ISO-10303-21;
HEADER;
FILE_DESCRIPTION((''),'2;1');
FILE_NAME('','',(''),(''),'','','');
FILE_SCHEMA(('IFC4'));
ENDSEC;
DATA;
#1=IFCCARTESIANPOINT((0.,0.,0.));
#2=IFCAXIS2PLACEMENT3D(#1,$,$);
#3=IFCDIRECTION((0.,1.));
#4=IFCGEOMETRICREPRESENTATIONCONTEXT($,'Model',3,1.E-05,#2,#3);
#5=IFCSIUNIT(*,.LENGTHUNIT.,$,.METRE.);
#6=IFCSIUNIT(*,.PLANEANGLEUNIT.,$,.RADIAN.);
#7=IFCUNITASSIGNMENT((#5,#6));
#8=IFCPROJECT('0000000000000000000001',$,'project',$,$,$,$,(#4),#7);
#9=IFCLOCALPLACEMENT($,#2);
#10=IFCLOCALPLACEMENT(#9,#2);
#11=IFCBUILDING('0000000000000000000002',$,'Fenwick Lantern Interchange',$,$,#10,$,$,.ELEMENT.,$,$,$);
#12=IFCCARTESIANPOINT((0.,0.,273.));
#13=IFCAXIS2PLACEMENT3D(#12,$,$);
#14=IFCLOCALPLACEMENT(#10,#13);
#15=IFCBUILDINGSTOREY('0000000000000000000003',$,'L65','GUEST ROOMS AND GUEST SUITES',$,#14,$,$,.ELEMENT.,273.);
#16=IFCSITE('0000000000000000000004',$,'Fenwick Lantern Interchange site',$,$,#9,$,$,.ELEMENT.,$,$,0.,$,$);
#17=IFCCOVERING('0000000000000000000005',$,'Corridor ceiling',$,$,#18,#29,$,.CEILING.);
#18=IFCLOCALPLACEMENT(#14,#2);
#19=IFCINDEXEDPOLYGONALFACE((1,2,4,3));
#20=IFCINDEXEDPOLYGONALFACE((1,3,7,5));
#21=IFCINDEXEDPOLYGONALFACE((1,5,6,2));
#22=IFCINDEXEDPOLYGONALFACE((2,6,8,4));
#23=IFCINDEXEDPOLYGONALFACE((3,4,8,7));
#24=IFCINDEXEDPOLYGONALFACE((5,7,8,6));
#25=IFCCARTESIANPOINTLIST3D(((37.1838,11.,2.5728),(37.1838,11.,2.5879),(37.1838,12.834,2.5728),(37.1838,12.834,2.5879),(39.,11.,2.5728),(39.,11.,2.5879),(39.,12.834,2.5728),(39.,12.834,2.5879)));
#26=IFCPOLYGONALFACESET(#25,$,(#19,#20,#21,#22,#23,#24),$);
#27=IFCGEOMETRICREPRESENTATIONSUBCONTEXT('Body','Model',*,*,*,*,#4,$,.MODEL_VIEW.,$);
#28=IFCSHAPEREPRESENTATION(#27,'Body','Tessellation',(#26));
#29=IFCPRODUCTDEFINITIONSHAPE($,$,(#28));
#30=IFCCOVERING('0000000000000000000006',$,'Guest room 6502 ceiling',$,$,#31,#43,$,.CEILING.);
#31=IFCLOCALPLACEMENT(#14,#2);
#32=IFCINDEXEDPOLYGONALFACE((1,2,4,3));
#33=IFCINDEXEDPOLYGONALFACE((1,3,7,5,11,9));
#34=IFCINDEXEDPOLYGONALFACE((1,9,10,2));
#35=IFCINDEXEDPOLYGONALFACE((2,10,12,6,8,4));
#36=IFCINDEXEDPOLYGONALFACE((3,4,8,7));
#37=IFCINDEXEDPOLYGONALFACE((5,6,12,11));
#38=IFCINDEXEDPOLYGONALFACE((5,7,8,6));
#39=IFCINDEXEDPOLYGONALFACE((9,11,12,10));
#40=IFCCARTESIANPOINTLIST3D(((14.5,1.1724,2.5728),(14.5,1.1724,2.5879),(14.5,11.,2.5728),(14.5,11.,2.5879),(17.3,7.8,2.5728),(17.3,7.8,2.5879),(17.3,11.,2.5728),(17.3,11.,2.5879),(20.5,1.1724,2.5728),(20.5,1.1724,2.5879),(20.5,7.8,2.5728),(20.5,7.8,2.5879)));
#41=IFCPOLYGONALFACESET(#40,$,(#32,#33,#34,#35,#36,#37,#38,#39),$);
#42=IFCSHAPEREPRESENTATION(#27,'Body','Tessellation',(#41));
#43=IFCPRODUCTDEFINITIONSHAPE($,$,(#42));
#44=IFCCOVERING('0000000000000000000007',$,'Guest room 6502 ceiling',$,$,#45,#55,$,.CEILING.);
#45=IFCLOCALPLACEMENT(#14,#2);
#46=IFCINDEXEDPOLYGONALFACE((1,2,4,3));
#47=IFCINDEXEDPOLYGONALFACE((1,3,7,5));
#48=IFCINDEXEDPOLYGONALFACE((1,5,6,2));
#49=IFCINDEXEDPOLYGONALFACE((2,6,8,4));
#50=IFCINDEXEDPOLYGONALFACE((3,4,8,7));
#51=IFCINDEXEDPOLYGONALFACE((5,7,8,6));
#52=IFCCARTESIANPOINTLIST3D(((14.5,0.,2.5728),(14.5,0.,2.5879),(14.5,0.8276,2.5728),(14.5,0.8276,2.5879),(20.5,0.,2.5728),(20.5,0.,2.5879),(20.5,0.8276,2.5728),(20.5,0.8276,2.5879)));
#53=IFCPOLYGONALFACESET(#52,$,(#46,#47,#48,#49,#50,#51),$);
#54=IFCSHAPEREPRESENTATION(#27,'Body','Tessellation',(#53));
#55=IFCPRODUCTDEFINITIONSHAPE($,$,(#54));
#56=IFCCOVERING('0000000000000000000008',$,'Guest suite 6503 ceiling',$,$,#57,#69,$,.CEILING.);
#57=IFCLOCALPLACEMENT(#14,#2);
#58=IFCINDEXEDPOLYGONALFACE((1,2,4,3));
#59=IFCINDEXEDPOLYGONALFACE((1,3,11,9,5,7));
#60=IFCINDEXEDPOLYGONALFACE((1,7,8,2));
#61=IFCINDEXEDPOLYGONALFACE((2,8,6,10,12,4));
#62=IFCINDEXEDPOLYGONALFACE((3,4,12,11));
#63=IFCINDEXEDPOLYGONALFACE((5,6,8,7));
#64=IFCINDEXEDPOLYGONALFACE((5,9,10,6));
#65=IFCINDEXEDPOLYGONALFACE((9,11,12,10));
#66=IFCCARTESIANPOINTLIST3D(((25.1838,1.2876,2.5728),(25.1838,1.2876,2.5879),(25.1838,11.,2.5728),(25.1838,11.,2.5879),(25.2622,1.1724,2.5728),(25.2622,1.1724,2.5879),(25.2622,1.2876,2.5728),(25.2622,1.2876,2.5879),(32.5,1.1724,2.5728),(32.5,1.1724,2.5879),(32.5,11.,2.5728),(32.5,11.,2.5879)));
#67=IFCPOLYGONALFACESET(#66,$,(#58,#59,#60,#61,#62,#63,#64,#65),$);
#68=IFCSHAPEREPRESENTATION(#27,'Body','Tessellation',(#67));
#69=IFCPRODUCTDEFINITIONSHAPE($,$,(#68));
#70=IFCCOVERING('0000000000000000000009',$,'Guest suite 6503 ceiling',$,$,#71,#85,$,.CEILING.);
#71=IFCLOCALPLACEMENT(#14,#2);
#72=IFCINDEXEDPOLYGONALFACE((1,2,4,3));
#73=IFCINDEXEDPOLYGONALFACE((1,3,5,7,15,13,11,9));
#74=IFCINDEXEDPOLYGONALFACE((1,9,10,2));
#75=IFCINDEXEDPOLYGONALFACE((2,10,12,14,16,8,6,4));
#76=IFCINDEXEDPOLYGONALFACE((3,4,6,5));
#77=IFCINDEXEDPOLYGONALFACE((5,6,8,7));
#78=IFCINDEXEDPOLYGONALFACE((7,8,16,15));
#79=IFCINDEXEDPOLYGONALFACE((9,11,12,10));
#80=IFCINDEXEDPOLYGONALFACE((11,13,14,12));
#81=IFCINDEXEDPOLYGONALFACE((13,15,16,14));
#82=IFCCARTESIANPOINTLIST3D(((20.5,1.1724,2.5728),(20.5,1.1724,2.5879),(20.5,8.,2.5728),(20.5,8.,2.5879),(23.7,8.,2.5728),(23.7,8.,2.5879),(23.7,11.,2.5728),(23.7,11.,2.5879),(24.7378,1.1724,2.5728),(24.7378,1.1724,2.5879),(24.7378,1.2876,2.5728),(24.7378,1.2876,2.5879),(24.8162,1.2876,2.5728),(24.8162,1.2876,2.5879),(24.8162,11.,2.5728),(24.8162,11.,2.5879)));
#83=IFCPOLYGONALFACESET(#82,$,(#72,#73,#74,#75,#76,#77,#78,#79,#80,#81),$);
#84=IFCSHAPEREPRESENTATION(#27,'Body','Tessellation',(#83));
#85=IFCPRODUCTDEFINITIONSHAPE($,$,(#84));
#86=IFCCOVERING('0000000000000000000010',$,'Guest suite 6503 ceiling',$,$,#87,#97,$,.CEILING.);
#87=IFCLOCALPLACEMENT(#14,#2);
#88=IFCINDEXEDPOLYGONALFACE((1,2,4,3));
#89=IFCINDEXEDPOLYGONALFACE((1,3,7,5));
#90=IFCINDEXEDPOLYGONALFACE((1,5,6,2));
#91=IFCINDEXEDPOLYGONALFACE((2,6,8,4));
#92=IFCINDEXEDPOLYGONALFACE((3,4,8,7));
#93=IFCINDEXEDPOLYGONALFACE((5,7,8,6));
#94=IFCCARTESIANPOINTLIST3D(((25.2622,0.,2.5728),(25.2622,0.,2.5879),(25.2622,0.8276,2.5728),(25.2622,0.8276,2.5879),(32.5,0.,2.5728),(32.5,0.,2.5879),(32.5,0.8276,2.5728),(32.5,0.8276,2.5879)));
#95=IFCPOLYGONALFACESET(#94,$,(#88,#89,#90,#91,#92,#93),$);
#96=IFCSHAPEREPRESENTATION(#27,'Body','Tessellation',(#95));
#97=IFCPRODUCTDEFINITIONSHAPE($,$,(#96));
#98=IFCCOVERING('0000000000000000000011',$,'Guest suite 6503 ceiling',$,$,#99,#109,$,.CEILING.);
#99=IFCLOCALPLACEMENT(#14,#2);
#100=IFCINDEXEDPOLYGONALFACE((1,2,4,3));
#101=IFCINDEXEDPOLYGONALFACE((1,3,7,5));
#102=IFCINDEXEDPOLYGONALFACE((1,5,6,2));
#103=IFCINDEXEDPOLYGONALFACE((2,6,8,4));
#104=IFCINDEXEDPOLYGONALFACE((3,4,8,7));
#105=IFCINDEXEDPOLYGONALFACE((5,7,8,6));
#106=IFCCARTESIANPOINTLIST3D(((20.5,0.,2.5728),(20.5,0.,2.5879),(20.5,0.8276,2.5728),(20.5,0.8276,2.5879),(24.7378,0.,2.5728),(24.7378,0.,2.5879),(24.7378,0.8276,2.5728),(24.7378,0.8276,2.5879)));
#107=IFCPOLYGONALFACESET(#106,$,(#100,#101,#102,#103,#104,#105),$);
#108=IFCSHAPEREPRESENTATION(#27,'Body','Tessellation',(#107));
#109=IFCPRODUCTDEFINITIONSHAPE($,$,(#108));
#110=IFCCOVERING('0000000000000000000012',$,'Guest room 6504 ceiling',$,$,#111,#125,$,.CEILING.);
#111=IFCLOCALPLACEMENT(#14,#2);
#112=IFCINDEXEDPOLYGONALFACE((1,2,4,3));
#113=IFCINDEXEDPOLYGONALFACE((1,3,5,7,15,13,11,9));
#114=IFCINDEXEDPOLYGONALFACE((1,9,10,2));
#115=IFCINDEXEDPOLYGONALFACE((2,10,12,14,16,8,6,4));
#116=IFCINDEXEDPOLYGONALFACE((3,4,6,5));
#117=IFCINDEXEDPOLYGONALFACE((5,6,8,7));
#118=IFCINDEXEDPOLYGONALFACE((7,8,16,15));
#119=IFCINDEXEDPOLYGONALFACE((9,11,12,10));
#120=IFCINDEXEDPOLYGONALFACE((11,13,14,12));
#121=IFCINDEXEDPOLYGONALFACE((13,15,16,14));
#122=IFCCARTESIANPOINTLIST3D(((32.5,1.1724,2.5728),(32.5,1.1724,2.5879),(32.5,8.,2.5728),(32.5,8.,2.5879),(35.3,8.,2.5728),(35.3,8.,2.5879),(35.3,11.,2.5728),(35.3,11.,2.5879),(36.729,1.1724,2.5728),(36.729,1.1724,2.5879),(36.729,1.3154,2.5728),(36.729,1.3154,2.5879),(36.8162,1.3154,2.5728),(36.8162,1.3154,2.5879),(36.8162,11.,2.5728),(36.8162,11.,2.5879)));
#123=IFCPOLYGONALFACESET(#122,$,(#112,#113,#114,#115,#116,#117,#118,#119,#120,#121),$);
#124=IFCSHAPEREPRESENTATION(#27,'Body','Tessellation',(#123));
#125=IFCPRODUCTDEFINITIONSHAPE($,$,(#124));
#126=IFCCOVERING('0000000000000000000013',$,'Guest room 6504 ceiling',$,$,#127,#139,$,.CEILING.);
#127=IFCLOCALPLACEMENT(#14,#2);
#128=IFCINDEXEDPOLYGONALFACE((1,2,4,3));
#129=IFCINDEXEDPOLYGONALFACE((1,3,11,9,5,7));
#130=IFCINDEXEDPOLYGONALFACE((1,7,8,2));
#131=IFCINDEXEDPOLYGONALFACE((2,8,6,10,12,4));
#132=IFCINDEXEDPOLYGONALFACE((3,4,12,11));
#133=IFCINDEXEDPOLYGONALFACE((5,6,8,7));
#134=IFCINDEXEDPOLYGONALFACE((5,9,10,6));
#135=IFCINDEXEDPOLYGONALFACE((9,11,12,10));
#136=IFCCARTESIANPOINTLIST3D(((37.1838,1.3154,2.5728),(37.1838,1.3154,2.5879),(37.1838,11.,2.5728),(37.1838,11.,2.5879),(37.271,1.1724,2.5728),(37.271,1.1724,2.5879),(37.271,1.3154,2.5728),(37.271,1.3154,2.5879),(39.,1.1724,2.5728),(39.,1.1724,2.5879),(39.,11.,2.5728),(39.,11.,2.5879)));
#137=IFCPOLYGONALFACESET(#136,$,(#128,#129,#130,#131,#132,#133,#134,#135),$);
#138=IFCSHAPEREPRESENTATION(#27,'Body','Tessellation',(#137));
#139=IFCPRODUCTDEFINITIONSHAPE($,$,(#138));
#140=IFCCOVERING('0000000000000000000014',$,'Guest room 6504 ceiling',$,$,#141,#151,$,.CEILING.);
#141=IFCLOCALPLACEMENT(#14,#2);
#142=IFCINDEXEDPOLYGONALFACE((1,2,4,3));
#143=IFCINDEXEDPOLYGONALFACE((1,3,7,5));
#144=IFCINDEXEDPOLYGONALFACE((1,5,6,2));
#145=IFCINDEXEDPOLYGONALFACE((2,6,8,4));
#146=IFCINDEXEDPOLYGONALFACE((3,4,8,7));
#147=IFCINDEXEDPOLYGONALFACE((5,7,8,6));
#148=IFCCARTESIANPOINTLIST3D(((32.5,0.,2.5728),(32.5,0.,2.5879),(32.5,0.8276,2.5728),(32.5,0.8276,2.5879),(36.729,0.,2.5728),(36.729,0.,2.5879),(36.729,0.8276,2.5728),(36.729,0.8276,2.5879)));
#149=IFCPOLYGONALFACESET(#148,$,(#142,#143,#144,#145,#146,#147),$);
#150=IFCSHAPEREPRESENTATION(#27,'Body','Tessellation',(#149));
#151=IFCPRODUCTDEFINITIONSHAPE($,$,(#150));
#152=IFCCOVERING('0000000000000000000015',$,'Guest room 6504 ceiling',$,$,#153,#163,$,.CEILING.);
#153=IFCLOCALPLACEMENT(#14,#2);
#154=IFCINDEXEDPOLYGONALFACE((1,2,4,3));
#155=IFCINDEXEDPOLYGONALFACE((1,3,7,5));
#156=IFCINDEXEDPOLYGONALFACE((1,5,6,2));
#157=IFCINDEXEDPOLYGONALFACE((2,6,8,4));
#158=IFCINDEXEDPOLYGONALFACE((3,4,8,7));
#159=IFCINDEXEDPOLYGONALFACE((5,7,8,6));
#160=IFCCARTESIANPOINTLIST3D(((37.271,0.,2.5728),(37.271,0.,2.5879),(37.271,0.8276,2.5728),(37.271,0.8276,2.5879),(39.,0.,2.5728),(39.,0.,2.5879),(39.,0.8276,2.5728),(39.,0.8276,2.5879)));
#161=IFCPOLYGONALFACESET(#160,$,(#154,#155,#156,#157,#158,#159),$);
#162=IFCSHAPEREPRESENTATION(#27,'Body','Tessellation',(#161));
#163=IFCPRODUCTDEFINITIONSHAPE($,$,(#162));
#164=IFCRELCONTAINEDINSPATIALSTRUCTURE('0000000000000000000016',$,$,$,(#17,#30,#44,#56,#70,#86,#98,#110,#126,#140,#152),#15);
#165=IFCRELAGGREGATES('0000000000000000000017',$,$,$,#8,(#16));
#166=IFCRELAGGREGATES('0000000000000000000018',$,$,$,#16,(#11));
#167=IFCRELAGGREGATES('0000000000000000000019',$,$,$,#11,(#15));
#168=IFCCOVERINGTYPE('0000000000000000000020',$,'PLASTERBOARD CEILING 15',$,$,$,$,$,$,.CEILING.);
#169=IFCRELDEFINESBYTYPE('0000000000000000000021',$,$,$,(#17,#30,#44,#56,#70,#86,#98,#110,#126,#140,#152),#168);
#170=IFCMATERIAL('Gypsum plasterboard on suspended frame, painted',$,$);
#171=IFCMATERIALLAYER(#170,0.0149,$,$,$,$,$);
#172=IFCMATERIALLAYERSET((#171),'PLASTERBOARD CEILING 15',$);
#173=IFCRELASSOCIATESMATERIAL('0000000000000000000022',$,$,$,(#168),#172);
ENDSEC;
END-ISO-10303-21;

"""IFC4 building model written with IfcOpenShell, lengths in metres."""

from ifc_helpers import new_model, si_unit, direction, frame, origin, place, context, subcontext, project, spatial, polyline, outline, extrude, material, layer, layer_set, type_object, element, save


model = new_model("IFC4")

# Units and contexts
model_context = context("Model", 3, precision=1e-05, world=origin(), true_north=direction((0.0, 1.0)))
body_context = subcontext(model_context, "Body", "Model", "MODEL_VIEW")
ifc_project = project(units=[si_unit("LENGTHUNIT", "METRE"), si_unit("PLANEANGLEUNIT", "RADIAN")], contexts=[model_context])

# Site, building, storey
site_placement = place(None, origin())
site = spatial("IfcSite", under=ifc_project, at=site_placement, Name="Fenwick Lantern Interchange site", CompositionType="ELEMENT", RefElevation=0.0)
building_placement = place(site_placement, origin())
building = spatial("IfcBuilding", under=site, at=building_placement, Name="Fenwick Lantern Interchange", CompositionType="ELEMENT")
storey_placement = place(building_placement, frame((0.0, 0.0, 273.0)))
storey = spatial("IfcBuildingStorey", under=building, at=storey_placement, Name="L65", Description="GUEST ROOMS AND GUEST SUITES", CompositionType="ELEMENT", Elevation=273.0)

# Coverings
ifc_material_1 = material(Name="Gypsum plasterboard on suspended frame, painted")
ifc_layer_1 = layer(ifc_material_1, 0.0149)
ifc_layer_set_1 = layer_set([ifc_layer_1], Name="PLASTERBOARD CEILING 15")
covering_type_1 = type_object("IfcCoveringType", Name="PLASTERBOARD CEILING 15", PredefinedType="CEILING", material=ifc_layer_set_1)
covering_1_placement = place(storey_placement, frame((0.0, 0.0, 2.5728)))
element("IfcCovering", 1, at=covering_1_placement, inside=storey, type_object=covering_type_1, Name="Corridor ceiling", PredefinedType="CEILING", context=body_context, shape_type="SweptSolid", body=[
    extrude(outline(polyline([(39.0, 11.0), (39.0, 12.834), (37.1838, 12.834), (37.1838, 11.0), (39.0, 11.0)])), origin(), (0.0, 0.0, 1.0), 0.0151),
])
covering_2_placement = place(storey_placement, frame((0.0, 0.0, 2.5728)))
element("IfcCovering", 2, at=covering_2_placement, inside=storey, type_object=covering_type_1, Name="Guest room 6502 ceiling", PredefinedType="CEILING", context=body_context, shape_type="SweptSolid", body=[
    extrude(outline(polyline([(14.5, 11.0), (14.5, 1.1724), (20.5, 1.1724), (20.5, 7.8), (17.3, 7.8), (17.3, 11.0), (14.5, 11.0)])), origin(), (0.0, 0.0, 1.0), 0.0151),
])
covering_3_placement = place(storey_placement, frame((0.0, 0.0, 2.5728)))
element("IfcCovering", 3, at=covering_3_placement, inside=storey, type_object=covering_type_1, Name="Guest room 6502 ceiling", PredefinedType="CEILING", context=body_context, shape_type="SweptSolid", body=[
    extrude(outline(polyline([(14.5, 0.0), (20.5, 0.0), (20.5, 0.8276), (14.5, 0.8276), (14.5, 0.0)])), origin(), (0.0, 0.0, 1.0), 0.0151),
])
covering_4_placement = place(storey_placement, frame((0.0, 0.0, 2.5728)))
element("IfcCovering", 4, at=covering_4_placement, inside=storey, type_object=covering_type_1, Name="Guest suite 6503 ceiling", PredefinedType="CEILING", context=body_context, shape_type="SweptSolid", body=[
    extrude(outline(polyline([(25.2622, 1.2876), (25.2622, 1.1724), (32.5, 1.1724), (32.5, 11.0), (25.1838, 11.0), (25.1838, 1.2876), (25.2622, 1.2876)])), origin(), (0.0, 0.0, 1.0), 0.0151),
])
covering_5_placement = place(storey_placement, frame((0.0, 0.0, 2.5728)))
element("IfcCovering", 5, at=covering_5_placement, inside=storey, type_object=covering_type_1, Name="Guest suite 6503 ceiling", PredefinedType="CEILING", context=body_context, shape_type="SweptSolid", body=[
    extrude(outline(polyline([(24.7378, 1.2876), (24.8162, 1.2876), (24.8162, 11.0), (23.7, 11.0), (23.7, 8.0), (20.5, 8.0), (20.5, 1.1724), (24.7378, 1.1724), (24.7378, 1.2876)])), origin(), (0.0, 0.0, 1.0), 0.0151),
])
covering_6_placement = place(storey_placement, frame((0.0, 0.0, 2.5728)))
element("IfcCovering", 6, at=covering_6_placement, inside=storey, type_object=covering_type_1, Name="Guest suite 6503 ceiling", PredefinedType="CEILING", context=body_context, shape_type="SweptSolid", body=[
    extrude(outline(polyline([(25.2622, 0.0), (32.5, 0.0), (32.5, 0.8276), (25.2622, 0.8276), (25.2622, 0.0)])), origin(), (0.0, 0.0, 1.0), 0.0151),
])
covering_7_placement = place(storey_placement, frame((0.0, 0.0, 2.5728)))
element("IfcCovering", 7, at=covering_7_placement, inside=storey, type_object=covering_type_1, Name="Guest suite 6503 ceiling", PredefinedType="CEILING", context=body_context, shape_type="SweptSolid", body=[
    extrude(outline(polyline([(24.7378, 0.0), (24.7378, 0.8276), (20.5, 0.8276), (20.5, 0.0), (24.7378, 0.0)])), origin(), (0.0, 0.0, 1.0), 0.0151),
])
covering_8_placement = place(storey_placement, frame((0.0, 0.0, 2.5728)))
element("IfcCovering", 8, at=covering_8_placement, inside=storey, type_object=covering_type_1, Name="Guest room 6504 ceiling", PredefinedType="CEILING", context=body_context, shape_type="SweptSolid", body=[
    extrude(outline(polyline([(36.729, 1.3154), (36.8162, 1.3154), (36.8162, 11.0), (35.3, 11.0), (35.3, 8.0), (32.5, 8.0), (32.5, 1.1724), (36.729, 1.1724), (36.729, 1.3154)])), origin(), (0.0, 0.0, 1.0), 0.0151),
])
covering_9_placement = place(storey_placement, frame((0.0, 0.0, 2.5728)))
element("IfcCovering", 9, at=covering_9_placement, inside=storey, type_object=covering_type_1, Name="Guest room 6504 ceiling", PredefinedType="CEILING", context=body_context, shape_type="SweptSolid", body=[
    extrude(outline(polyline([(37.271, 1.3154), (37.271, 1.1724), (39.0, 1.1724), (39.0, 11.0), (37.1838, 11.0), (37.1838, 1.3154), (37.271, 1.3154)])), origin(), (0.0, 0.0, 1.0), 0.0151),
])
covering_10_placement = place(storey_placement, frame((0.0, 0.0, 2.5728)))
element("IfcCovering", 10, at=covering_10_placement, inside=storey, type_object=covering_type_1, Name="Guest room 6504 ceiling", PredefinedType="CEILING", context=body_context, shape_type="SweptSolid", body=[
    extrude(outline(polyline([(36.729, 0.0), (36.729, 0.8276), (32.5, 0.8276), (32.5, 0.0), (36.729, 0.0)])), origin(), (0.0, 0.0, 1.0), 0.0151),
])
covering_11_placement = place(storey_placement, frame((0.0, 0.0, 2.5728)))
element("IfcCovering", 11, at=covering_11_placement, inside=storey, type_object=covering_type_1, Name="Guest room 6504 ceiling", PredefinedType="CEILING", context=body_context, shape_type="SweptSolid", body=[
    extrude(outline(polyline([(37.271, 0.0), (39.0, 0.0), (39.0, 0.8276), (37.271, 0.8276), (37.271, 0.0)])), origin(), (0.0, 0.0, 1.0), 0.0151),
])

save(model, "model.ifc")
